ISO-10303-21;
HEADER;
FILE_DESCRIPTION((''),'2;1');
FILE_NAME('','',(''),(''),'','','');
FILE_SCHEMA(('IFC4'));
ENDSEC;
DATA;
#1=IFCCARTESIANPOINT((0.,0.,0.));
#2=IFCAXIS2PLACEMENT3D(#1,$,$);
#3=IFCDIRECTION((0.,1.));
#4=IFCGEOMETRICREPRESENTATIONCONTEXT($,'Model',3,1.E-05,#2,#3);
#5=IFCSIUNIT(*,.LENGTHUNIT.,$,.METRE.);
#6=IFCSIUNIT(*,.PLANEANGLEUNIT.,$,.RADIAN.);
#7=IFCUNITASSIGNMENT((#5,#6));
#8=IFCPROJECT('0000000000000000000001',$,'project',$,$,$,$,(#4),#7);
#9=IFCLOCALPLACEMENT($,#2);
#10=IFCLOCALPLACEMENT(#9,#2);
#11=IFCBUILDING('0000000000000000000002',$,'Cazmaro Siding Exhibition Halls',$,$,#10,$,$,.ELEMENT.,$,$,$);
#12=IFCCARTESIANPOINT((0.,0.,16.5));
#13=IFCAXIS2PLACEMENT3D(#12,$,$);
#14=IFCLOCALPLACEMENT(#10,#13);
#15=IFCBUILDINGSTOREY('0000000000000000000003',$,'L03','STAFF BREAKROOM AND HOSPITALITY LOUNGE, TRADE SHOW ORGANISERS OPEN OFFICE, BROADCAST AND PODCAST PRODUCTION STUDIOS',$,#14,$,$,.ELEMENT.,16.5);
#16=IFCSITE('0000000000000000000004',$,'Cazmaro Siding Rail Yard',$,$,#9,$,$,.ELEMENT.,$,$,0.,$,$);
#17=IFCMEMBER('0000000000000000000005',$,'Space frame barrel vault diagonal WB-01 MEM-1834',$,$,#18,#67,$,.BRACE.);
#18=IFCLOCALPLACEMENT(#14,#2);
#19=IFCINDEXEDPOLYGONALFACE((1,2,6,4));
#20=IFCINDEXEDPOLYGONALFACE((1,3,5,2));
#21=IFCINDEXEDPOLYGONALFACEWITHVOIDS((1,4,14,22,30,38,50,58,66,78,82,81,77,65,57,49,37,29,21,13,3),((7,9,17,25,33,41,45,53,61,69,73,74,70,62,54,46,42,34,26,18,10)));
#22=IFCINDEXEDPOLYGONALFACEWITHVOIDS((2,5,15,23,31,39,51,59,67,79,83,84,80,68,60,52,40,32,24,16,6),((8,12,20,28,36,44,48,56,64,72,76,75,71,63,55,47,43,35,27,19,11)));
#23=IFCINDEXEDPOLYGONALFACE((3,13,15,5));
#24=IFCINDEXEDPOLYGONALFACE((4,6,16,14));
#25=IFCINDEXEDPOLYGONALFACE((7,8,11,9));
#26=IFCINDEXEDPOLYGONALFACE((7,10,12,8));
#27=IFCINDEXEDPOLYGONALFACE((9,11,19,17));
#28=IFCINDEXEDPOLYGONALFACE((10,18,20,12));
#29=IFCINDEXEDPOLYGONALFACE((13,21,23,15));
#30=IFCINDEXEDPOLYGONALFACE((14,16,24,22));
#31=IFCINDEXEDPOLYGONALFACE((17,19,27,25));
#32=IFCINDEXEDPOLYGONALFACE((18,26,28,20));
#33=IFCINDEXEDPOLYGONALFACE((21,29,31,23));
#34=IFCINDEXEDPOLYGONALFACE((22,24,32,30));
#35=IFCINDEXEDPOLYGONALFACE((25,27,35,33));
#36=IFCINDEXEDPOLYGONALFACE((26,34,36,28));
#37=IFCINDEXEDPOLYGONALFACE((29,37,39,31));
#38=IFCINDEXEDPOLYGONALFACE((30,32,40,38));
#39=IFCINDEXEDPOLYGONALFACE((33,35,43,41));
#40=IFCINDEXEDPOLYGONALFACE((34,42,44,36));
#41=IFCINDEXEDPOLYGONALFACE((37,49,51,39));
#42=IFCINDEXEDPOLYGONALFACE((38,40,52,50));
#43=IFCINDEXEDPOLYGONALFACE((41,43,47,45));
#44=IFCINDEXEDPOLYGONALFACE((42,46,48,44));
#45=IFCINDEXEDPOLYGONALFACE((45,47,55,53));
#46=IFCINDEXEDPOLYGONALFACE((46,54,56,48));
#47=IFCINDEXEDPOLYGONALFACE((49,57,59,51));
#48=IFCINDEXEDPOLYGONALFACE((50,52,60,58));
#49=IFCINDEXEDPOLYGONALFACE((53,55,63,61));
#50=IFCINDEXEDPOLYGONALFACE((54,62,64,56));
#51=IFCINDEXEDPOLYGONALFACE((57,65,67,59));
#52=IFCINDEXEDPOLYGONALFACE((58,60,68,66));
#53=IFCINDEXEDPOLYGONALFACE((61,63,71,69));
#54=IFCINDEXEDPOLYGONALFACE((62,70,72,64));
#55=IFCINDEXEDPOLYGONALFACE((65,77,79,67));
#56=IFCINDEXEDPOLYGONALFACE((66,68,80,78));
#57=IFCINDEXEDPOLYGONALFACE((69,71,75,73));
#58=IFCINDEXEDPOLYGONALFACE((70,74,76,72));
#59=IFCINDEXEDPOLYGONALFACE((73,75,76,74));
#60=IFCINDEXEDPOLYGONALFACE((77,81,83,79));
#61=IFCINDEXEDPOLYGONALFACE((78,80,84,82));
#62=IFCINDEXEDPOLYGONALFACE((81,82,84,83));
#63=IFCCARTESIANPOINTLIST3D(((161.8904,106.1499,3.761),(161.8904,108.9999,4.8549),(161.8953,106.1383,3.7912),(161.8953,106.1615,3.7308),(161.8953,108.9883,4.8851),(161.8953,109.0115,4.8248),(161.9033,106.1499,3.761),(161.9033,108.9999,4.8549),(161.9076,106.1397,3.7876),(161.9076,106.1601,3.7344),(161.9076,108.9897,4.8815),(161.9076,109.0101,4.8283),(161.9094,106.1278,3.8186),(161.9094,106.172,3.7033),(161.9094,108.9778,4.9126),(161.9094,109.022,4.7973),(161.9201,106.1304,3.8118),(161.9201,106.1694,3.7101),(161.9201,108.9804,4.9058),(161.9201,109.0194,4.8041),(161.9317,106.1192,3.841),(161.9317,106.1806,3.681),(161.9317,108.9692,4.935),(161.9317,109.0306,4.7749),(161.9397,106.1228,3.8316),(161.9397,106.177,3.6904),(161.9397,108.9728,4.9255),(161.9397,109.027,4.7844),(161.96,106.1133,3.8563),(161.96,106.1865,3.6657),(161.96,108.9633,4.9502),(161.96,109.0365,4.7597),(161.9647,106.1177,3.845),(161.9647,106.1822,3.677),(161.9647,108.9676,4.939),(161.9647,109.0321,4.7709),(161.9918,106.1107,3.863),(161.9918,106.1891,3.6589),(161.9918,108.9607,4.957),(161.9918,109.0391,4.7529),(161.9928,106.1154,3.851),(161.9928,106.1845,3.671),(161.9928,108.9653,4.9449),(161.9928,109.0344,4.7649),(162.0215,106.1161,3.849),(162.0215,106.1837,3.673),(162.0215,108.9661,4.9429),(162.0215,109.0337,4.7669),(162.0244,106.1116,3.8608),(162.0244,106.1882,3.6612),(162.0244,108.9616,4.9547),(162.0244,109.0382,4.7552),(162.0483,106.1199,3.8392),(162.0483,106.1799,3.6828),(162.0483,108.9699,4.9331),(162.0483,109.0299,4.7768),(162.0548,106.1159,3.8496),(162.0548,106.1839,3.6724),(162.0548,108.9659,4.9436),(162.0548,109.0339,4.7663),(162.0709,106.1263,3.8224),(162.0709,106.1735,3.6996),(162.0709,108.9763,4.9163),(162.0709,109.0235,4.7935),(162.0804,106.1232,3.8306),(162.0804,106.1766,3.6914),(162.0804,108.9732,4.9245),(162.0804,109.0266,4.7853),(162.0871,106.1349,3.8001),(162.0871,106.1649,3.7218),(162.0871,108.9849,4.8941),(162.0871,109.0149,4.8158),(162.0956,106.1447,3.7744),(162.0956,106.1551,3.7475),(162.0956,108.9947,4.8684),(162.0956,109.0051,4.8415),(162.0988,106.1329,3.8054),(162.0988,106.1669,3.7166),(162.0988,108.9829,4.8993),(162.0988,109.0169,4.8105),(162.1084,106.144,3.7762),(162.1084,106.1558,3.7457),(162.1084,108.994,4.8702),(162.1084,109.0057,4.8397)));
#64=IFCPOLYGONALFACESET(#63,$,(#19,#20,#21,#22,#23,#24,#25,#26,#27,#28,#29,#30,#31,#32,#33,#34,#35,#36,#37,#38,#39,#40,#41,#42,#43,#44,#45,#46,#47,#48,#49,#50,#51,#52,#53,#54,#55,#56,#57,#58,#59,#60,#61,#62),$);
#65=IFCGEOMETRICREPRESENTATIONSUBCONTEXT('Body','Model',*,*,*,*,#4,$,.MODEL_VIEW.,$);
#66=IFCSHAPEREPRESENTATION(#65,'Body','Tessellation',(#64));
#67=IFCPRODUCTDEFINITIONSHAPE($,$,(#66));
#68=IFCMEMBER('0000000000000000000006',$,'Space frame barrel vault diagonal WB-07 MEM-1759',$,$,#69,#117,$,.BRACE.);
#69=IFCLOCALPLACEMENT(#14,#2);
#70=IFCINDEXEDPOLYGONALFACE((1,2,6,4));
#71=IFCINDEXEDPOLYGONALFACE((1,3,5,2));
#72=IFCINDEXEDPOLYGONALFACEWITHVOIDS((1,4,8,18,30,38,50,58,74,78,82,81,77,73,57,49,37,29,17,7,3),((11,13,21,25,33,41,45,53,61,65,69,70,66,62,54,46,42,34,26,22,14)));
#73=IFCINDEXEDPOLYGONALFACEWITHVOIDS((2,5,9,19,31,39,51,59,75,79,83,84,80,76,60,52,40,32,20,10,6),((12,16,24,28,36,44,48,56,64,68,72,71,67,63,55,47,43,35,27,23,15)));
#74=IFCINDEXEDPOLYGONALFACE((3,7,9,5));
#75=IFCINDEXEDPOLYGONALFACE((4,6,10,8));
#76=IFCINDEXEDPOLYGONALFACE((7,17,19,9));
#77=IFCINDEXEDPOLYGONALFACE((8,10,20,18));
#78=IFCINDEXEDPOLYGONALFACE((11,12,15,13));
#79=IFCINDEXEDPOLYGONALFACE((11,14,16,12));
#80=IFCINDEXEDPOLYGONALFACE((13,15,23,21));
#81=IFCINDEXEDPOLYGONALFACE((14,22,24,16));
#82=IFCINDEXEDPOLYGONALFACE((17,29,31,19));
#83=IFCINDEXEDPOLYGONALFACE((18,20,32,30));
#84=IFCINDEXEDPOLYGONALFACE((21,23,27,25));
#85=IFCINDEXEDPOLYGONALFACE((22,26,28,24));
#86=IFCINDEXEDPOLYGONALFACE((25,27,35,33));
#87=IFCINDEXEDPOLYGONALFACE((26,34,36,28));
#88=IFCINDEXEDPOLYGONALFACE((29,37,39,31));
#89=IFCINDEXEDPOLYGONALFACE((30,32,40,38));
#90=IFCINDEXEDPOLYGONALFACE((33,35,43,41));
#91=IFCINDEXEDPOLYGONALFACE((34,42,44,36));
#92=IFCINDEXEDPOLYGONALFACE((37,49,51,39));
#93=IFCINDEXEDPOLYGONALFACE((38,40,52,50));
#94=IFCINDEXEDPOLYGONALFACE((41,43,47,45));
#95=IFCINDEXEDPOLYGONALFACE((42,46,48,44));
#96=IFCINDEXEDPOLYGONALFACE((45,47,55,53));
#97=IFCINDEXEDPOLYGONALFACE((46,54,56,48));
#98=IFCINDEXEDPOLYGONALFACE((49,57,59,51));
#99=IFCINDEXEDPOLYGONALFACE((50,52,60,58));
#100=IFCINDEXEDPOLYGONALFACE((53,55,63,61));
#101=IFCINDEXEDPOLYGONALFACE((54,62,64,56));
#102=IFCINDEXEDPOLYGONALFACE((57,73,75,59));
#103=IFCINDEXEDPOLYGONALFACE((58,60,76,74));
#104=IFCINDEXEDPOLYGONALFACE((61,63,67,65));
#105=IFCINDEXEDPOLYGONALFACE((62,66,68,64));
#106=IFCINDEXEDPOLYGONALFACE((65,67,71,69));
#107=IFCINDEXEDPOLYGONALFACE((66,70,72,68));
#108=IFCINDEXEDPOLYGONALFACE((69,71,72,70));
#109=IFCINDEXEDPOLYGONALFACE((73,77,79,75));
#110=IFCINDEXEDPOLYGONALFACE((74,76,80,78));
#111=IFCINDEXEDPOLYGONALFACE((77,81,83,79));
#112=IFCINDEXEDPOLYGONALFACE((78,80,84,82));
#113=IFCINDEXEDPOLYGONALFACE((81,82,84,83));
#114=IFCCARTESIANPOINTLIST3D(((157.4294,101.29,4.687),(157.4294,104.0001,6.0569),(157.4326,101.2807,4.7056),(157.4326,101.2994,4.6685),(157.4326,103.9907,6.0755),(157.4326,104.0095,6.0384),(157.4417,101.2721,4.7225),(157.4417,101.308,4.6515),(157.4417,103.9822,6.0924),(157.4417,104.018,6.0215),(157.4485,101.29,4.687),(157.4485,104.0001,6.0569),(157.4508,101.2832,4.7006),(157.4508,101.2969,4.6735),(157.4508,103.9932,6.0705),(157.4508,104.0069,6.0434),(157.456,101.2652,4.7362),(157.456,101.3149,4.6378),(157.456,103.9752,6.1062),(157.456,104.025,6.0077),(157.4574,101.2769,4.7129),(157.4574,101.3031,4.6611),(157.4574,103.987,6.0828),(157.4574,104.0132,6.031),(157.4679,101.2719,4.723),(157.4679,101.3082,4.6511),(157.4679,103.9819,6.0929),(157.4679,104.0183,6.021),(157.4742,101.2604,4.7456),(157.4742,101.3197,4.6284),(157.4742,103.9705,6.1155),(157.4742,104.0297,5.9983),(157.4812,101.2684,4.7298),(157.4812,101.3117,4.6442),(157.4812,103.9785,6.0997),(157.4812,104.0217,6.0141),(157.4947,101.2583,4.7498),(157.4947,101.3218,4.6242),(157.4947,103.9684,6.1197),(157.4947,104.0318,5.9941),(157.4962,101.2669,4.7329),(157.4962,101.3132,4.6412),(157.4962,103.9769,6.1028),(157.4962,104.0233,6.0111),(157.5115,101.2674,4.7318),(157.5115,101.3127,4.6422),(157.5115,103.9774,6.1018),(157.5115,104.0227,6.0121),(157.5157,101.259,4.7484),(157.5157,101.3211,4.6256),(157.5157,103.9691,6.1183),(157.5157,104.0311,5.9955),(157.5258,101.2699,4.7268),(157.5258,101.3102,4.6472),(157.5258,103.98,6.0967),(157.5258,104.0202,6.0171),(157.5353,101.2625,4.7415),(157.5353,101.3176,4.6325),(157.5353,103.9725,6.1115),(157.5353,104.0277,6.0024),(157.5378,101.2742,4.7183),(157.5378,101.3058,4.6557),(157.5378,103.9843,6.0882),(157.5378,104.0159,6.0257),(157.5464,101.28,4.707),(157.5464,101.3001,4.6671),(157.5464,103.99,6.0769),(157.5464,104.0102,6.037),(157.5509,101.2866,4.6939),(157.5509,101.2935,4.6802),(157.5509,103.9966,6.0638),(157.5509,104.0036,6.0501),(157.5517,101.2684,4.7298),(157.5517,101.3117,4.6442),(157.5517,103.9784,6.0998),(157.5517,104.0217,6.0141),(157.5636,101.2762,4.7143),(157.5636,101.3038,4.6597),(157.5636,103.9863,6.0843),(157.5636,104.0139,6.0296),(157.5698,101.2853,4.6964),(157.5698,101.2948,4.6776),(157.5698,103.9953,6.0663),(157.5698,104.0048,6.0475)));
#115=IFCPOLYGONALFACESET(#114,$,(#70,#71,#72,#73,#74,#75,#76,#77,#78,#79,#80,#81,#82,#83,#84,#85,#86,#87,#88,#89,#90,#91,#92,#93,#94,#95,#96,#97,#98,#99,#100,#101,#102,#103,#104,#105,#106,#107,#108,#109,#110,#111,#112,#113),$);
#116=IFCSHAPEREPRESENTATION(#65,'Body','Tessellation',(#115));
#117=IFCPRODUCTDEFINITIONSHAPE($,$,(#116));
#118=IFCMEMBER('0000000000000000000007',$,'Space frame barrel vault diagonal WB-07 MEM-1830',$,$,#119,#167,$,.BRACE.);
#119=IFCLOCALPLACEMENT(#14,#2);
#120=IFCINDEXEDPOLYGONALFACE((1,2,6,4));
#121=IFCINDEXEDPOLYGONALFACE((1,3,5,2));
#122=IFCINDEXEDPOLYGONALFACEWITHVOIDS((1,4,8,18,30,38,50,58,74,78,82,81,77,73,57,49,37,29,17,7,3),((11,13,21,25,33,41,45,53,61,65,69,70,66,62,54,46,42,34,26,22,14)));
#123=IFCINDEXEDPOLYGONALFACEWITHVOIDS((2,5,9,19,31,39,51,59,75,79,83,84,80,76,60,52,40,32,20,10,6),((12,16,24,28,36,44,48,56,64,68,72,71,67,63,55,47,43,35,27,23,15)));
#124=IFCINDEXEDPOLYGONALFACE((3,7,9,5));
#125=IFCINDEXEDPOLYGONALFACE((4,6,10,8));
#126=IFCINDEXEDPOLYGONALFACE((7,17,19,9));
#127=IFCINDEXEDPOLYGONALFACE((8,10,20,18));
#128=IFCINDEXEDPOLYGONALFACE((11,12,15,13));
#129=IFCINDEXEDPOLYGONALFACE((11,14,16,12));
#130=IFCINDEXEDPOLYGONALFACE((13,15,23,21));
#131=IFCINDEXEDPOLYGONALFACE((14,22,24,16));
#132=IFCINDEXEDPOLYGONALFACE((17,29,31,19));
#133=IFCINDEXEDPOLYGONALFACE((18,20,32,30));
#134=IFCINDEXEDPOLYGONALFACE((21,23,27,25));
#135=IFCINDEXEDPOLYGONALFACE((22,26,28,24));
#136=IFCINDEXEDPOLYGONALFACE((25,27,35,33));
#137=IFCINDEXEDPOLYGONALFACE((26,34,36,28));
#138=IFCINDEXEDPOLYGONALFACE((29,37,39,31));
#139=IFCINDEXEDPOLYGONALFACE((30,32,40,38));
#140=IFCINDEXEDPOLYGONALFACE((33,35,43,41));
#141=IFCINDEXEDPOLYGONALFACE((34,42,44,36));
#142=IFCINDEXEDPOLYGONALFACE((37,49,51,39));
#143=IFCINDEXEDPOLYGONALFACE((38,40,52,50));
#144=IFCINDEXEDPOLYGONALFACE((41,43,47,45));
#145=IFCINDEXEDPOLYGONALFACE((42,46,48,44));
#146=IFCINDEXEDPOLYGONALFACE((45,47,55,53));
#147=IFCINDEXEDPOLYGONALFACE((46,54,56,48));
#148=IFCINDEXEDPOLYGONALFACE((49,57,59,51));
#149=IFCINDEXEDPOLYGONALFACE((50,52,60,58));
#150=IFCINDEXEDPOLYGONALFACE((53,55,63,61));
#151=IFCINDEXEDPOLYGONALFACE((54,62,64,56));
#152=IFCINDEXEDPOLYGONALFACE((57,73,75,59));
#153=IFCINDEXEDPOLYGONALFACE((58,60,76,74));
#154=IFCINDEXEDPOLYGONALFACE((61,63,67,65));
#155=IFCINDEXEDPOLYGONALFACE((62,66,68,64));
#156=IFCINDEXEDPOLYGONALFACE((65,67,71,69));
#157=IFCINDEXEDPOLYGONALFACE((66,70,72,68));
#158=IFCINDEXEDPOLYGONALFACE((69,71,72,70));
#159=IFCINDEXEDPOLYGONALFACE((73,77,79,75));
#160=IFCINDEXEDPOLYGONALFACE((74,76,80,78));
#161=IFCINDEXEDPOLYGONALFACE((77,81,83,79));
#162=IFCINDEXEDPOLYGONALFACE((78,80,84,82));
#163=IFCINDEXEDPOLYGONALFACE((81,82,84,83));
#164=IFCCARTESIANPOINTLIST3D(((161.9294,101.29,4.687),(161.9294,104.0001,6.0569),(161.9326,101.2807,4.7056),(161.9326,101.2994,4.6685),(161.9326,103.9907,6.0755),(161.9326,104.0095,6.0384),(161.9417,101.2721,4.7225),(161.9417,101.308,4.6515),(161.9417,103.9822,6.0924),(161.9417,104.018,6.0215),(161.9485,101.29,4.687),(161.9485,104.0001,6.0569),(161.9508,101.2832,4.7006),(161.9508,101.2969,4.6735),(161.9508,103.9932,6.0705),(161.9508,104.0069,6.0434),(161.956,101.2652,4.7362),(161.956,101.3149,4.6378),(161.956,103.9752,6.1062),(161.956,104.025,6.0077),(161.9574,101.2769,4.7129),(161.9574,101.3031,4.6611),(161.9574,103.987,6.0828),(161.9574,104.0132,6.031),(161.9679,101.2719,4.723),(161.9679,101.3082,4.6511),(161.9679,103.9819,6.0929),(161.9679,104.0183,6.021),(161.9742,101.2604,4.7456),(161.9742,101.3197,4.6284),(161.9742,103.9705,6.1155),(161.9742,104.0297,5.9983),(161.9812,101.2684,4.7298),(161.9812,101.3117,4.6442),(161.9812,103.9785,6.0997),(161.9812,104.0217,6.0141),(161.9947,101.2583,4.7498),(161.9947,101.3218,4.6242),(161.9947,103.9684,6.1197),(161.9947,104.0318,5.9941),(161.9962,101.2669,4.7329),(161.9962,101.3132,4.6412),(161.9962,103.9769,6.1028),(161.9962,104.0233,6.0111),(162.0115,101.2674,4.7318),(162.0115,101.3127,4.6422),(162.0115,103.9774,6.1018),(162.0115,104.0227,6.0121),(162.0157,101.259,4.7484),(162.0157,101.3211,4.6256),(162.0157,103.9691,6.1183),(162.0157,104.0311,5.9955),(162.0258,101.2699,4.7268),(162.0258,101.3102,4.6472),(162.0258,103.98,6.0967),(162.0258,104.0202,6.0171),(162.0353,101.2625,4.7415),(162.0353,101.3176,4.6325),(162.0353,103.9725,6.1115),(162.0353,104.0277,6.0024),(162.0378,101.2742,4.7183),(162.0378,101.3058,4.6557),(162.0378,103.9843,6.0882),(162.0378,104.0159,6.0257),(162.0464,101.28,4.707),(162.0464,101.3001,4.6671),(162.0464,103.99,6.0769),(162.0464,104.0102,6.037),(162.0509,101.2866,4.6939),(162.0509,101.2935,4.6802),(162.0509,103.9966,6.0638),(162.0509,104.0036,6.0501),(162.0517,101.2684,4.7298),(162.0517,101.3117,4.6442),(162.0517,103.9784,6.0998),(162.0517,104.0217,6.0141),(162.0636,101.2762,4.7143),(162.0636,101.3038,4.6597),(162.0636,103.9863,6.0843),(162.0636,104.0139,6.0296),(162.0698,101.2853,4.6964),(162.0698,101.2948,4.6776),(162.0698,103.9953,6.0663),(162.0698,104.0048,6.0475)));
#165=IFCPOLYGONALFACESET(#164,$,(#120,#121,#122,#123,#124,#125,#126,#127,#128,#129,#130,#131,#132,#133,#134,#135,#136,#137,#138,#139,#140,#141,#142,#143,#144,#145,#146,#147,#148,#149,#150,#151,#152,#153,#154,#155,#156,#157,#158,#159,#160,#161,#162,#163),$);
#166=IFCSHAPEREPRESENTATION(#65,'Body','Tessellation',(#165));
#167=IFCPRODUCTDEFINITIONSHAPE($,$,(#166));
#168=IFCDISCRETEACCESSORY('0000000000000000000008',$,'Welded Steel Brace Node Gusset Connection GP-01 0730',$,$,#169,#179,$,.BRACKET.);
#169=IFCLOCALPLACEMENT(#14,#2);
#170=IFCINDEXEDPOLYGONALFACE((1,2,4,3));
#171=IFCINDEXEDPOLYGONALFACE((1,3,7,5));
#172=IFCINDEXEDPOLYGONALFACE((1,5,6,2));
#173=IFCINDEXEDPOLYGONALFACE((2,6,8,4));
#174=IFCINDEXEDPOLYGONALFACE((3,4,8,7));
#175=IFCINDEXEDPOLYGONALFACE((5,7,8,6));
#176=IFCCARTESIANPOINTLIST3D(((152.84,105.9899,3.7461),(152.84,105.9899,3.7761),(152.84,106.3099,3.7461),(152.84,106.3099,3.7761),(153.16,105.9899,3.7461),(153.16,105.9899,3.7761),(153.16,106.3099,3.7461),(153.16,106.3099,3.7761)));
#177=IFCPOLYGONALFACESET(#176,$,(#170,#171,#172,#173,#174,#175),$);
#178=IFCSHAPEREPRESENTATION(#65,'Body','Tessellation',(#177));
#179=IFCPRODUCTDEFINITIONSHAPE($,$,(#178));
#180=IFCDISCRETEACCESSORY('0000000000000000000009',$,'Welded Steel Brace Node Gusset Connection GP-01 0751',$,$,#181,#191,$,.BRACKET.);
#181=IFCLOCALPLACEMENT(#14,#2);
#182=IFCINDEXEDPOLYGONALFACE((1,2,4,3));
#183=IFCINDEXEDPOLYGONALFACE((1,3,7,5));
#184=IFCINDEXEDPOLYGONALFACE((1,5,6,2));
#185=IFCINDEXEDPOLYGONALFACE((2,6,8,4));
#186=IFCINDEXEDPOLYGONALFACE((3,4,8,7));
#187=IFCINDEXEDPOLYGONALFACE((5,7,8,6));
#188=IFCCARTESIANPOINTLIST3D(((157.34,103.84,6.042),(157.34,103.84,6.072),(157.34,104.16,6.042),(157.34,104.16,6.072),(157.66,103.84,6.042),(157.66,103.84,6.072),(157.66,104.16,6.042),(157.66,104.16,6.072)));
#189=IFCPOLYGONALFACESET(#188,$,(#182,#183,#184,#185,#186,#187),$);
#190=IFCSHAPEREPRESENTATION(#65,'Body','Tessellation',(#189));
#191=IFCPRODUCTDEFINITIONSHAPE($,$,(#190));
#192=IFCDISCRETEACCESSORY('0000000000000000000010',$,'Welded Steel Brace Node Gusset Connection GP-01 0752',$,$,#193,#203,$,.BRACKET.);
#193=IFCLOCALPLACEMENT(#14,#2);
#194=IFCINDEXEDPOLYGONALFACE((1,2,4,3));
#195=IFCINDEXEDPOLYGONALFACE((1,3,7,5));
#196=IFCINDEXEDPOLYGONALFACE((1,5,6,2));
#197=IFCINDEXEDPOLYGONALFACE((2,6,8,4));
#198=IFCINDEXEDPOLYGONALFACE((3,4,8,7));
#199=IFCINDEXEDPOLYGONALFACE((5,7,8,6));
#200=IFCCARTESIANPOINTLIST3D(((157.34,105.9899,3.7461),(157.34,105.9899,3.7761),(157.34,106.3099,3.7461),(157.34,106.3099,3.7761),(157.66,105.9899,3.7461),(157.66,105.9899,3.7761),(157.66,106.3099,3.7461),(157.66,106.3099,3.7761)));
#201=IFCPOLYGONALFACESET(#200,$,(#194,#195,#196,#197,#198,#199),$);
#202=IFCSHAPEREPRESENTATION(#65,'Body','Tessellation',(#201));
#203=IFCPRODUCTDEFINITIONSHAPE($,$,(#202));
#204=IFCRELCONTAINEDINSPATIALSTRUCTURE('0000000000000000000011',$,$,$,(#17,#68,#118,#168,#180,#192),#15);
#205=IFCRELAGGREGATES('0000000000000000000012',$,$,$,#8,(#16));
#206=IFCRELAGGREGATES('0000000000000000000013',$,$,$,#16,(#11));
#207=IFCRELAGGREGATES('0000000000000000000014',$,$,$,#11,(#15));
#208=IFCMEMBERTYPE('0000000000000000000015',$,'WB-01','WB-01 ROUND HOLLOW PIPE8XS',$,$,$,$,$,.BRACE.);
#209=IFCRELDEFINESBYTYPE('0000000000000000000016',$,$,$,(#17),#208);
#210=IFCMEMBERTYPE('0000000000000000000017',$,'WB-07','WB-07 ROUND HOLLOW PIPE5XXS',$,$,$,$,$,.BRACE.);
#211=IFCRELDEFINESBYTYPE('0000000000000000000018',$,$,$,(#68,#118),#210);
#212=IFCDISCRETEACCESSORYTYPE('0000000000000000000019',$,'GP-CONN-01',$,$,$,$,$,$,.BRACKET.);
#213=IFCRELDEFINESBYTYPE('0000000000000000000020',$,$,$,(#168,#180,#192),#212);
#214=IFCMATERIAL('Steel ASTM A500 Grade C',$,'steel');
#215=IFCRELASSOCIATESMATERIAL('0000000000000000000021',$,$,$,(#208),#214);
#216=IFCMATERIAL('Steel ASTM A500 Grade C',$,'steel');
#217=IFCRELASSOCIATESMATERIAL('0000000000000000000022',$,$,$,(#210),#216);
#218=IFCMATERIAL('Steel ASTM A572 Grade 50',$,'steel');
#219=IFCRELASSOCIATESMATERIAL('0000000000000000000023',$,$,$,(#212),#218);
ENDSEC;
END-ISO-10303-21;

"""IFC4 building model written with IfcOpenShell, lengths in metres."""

from ifc_helpers import new_model, si_unit, direction, frame, origin, origin_2d, place, context, subcontext, project, spatial, rectangle, hollow_circle, extrude, material, material_profile, profile_set, type_object, element, save


model = new_model("IFC4")

# Units and contexts
model_context = context("Model", 3, precision=1e-05, world=origin(), true_north=direction((0.0, 1.0)))
body_context = subcontext(model_context, "Body", "Model", "MODEL_VIEW")
ifc_project = project(units=[si_unit("LENGTHUNIT", "METRE"), si_unit("PLANEANGLEUNIT", "RADIAN")], contexts=[model_context])

# Site, building, storey
site_placement = place(None, origin())
site = spatial("IfcSite", under=ifc_project, at=site_placement, Name="Cazmaro Siding Rail Yard", CompositionType="ELEMENT", RefElevation=0.0)
building_placement = place(site_placement, origin())
building = spatial("IfcBuilding", under=site, at=building_placement, Name="Cazmaro Siding Exhibition Halls", CompositionType="ELEMENT")
storey_placement = place(building_placement, frame((0.0, 0.0, 16.5)))
storey = spatial("IfcBuildingStorey", under=building, at=storey_placement, Name="L03", Description="STAFF BREAKROOM AND HOSPITALITY LOUNGE, TRADE SHOW ORGANISERS OPEN OFFICE, BROADCAST AND PODCAST PRODUCTION STUDIOS", CompositionType="ELEMENT", Elevation=16.5)

# Members
ifc_material_1 = material(Name="Steel ASTM A500 Grade C", Category="steel")
ifc_material_profile_1 = material_profile(ifc_material_1, hollow_circle(Radius=0.1096, WallThickness=0.0129, at=origin_2d()), Name="PIPE8XS")
ifc_profile_set_1 = profile_set([ifc_material_profile_1], Name="Steel ASTM A500 Grade C")
member_type_1 = type_object("IfcMemberType", Name="WB-01", Description="WB-01 ROUND HOLLOW PIPE8XS", PredefinedType="BRACE", material=ifc_profile_set_1)
member_1_placement = place(storey_placement, frame((162.0, 106.1499, 3.761), z_axis=(0.0, 0.933587, 0.358352), x_axis=(-1.0, 0.0, 0.0)))
element("IfcMember", 1, at=member_1_placement, inside=storey, type_object=member_type_1, Name="Space frame barrel vault diagonal WB-01 MEM-1834", PredefinedType="BRACE", context=body_context, shape_type="SweptSolid", body=[
    extrude(hollow_circle(Radius=0.1096, WallThickness=0.0129, at=origin_2d()), origin(), (0.0, 0.0, 1.0), 3.0527),
])
ifc_material_2 = material(Name="Steel ASTM A500 Grade C", Category="steel")
ifc_material_profile_2 = material_profile(ifc_material_2, hollow_circle(Radius=0.0706, WallThickness=0.019, at=origin_2d()), Name="PIPE5XXS")
ifc_profile_set_2 = profile_set([ifc_material_profile_2], Name="Steel ASTM A500 Grade C")
member_type_2 = type_object("IfcMemberType", Name="WB-07", Description="WB-07 ROUND HOLLOW PIPE5XXS", PredefinedType="BRACE", material=ifc_profile_set_2)
for number, where, z_axis, x_axis, name in (
    (2, (157.5, 101.29, 4.687), (0.0, 0.892457, 0.451133), (-1.0, 0.0, 0.0), "Space frame barrel vault diagonal WB-07 MEM-1759"),
    (3, (162.0, 101.29, 4.687), (0.0, 0.892457, 0.451133), (-1.0, 0.0, 0.0), "Space frame barrel vault diagonal WB-07 MEM-1830"),
):
    element("IfcMember", number, at=place(storey_placement, frame(where, z_axis=z_axis, x_axis=x_axis)), inside=storey, type_object=member_type_2, Name=name, PredefinedType="BRACE", context=body_context, shape_type="SweptSolid", body=[
        extrude(hollow_circle(Radius=0.0706, WallThickness=0.019, at=origin_2d()), origin(), (0.0, 0.0, 1.0), 3.0366),
    ])

# Discrete accessories
ifc_material_3 = material(Name="Steel ASTM A572 Grade 50", Category="steel")
discrete_accessory_type = type_object("IfcDiscreteAccessoryType", Name="GP-CONN-01", PredefinedType="BRACKET", material=ifc_material_3)
for number, where, z_axis, x_axis, name in (
    (4, (153.0, 106.1499, 3.7461), (0.0, 0.0, 1.0), (1.0, 0.0, 0.0), "Welded Steel Brace Node Gusset Connection GP-01 0730"),
    (5, (157.5, 104.0, 6.042), (0.0, 0.0, 1.0), (1.0, 0.0, 0.0), "Welded Steel Brace Node Gusset Connection GP-01 0751"),
    (6, (157.5, 106.1499, 3.7461), (0.0, 0.0, 1.0), (1.0, 0.0, 0.0), "Welded Steel Brace Node Gusset Connection GP-01 0752"),
):
    element("IfcDiscreteAccessory", number, at=place(storey_placement, frame(where, z_axis=z_axis, x_axis=x_axis)), inside=storey, type_object=discrete_accessory_type, Name=name, PredefinedType="BRACKET", context=body_context, shape_type="SweptSolid", body=[
        extrude(rectangle(XDim=0.3201, YDim=0.3201, at=origin_2d()), origin(), (0.0, 0.0, 1.0), 0.03),
    ])

save(model, "model.ifc")
